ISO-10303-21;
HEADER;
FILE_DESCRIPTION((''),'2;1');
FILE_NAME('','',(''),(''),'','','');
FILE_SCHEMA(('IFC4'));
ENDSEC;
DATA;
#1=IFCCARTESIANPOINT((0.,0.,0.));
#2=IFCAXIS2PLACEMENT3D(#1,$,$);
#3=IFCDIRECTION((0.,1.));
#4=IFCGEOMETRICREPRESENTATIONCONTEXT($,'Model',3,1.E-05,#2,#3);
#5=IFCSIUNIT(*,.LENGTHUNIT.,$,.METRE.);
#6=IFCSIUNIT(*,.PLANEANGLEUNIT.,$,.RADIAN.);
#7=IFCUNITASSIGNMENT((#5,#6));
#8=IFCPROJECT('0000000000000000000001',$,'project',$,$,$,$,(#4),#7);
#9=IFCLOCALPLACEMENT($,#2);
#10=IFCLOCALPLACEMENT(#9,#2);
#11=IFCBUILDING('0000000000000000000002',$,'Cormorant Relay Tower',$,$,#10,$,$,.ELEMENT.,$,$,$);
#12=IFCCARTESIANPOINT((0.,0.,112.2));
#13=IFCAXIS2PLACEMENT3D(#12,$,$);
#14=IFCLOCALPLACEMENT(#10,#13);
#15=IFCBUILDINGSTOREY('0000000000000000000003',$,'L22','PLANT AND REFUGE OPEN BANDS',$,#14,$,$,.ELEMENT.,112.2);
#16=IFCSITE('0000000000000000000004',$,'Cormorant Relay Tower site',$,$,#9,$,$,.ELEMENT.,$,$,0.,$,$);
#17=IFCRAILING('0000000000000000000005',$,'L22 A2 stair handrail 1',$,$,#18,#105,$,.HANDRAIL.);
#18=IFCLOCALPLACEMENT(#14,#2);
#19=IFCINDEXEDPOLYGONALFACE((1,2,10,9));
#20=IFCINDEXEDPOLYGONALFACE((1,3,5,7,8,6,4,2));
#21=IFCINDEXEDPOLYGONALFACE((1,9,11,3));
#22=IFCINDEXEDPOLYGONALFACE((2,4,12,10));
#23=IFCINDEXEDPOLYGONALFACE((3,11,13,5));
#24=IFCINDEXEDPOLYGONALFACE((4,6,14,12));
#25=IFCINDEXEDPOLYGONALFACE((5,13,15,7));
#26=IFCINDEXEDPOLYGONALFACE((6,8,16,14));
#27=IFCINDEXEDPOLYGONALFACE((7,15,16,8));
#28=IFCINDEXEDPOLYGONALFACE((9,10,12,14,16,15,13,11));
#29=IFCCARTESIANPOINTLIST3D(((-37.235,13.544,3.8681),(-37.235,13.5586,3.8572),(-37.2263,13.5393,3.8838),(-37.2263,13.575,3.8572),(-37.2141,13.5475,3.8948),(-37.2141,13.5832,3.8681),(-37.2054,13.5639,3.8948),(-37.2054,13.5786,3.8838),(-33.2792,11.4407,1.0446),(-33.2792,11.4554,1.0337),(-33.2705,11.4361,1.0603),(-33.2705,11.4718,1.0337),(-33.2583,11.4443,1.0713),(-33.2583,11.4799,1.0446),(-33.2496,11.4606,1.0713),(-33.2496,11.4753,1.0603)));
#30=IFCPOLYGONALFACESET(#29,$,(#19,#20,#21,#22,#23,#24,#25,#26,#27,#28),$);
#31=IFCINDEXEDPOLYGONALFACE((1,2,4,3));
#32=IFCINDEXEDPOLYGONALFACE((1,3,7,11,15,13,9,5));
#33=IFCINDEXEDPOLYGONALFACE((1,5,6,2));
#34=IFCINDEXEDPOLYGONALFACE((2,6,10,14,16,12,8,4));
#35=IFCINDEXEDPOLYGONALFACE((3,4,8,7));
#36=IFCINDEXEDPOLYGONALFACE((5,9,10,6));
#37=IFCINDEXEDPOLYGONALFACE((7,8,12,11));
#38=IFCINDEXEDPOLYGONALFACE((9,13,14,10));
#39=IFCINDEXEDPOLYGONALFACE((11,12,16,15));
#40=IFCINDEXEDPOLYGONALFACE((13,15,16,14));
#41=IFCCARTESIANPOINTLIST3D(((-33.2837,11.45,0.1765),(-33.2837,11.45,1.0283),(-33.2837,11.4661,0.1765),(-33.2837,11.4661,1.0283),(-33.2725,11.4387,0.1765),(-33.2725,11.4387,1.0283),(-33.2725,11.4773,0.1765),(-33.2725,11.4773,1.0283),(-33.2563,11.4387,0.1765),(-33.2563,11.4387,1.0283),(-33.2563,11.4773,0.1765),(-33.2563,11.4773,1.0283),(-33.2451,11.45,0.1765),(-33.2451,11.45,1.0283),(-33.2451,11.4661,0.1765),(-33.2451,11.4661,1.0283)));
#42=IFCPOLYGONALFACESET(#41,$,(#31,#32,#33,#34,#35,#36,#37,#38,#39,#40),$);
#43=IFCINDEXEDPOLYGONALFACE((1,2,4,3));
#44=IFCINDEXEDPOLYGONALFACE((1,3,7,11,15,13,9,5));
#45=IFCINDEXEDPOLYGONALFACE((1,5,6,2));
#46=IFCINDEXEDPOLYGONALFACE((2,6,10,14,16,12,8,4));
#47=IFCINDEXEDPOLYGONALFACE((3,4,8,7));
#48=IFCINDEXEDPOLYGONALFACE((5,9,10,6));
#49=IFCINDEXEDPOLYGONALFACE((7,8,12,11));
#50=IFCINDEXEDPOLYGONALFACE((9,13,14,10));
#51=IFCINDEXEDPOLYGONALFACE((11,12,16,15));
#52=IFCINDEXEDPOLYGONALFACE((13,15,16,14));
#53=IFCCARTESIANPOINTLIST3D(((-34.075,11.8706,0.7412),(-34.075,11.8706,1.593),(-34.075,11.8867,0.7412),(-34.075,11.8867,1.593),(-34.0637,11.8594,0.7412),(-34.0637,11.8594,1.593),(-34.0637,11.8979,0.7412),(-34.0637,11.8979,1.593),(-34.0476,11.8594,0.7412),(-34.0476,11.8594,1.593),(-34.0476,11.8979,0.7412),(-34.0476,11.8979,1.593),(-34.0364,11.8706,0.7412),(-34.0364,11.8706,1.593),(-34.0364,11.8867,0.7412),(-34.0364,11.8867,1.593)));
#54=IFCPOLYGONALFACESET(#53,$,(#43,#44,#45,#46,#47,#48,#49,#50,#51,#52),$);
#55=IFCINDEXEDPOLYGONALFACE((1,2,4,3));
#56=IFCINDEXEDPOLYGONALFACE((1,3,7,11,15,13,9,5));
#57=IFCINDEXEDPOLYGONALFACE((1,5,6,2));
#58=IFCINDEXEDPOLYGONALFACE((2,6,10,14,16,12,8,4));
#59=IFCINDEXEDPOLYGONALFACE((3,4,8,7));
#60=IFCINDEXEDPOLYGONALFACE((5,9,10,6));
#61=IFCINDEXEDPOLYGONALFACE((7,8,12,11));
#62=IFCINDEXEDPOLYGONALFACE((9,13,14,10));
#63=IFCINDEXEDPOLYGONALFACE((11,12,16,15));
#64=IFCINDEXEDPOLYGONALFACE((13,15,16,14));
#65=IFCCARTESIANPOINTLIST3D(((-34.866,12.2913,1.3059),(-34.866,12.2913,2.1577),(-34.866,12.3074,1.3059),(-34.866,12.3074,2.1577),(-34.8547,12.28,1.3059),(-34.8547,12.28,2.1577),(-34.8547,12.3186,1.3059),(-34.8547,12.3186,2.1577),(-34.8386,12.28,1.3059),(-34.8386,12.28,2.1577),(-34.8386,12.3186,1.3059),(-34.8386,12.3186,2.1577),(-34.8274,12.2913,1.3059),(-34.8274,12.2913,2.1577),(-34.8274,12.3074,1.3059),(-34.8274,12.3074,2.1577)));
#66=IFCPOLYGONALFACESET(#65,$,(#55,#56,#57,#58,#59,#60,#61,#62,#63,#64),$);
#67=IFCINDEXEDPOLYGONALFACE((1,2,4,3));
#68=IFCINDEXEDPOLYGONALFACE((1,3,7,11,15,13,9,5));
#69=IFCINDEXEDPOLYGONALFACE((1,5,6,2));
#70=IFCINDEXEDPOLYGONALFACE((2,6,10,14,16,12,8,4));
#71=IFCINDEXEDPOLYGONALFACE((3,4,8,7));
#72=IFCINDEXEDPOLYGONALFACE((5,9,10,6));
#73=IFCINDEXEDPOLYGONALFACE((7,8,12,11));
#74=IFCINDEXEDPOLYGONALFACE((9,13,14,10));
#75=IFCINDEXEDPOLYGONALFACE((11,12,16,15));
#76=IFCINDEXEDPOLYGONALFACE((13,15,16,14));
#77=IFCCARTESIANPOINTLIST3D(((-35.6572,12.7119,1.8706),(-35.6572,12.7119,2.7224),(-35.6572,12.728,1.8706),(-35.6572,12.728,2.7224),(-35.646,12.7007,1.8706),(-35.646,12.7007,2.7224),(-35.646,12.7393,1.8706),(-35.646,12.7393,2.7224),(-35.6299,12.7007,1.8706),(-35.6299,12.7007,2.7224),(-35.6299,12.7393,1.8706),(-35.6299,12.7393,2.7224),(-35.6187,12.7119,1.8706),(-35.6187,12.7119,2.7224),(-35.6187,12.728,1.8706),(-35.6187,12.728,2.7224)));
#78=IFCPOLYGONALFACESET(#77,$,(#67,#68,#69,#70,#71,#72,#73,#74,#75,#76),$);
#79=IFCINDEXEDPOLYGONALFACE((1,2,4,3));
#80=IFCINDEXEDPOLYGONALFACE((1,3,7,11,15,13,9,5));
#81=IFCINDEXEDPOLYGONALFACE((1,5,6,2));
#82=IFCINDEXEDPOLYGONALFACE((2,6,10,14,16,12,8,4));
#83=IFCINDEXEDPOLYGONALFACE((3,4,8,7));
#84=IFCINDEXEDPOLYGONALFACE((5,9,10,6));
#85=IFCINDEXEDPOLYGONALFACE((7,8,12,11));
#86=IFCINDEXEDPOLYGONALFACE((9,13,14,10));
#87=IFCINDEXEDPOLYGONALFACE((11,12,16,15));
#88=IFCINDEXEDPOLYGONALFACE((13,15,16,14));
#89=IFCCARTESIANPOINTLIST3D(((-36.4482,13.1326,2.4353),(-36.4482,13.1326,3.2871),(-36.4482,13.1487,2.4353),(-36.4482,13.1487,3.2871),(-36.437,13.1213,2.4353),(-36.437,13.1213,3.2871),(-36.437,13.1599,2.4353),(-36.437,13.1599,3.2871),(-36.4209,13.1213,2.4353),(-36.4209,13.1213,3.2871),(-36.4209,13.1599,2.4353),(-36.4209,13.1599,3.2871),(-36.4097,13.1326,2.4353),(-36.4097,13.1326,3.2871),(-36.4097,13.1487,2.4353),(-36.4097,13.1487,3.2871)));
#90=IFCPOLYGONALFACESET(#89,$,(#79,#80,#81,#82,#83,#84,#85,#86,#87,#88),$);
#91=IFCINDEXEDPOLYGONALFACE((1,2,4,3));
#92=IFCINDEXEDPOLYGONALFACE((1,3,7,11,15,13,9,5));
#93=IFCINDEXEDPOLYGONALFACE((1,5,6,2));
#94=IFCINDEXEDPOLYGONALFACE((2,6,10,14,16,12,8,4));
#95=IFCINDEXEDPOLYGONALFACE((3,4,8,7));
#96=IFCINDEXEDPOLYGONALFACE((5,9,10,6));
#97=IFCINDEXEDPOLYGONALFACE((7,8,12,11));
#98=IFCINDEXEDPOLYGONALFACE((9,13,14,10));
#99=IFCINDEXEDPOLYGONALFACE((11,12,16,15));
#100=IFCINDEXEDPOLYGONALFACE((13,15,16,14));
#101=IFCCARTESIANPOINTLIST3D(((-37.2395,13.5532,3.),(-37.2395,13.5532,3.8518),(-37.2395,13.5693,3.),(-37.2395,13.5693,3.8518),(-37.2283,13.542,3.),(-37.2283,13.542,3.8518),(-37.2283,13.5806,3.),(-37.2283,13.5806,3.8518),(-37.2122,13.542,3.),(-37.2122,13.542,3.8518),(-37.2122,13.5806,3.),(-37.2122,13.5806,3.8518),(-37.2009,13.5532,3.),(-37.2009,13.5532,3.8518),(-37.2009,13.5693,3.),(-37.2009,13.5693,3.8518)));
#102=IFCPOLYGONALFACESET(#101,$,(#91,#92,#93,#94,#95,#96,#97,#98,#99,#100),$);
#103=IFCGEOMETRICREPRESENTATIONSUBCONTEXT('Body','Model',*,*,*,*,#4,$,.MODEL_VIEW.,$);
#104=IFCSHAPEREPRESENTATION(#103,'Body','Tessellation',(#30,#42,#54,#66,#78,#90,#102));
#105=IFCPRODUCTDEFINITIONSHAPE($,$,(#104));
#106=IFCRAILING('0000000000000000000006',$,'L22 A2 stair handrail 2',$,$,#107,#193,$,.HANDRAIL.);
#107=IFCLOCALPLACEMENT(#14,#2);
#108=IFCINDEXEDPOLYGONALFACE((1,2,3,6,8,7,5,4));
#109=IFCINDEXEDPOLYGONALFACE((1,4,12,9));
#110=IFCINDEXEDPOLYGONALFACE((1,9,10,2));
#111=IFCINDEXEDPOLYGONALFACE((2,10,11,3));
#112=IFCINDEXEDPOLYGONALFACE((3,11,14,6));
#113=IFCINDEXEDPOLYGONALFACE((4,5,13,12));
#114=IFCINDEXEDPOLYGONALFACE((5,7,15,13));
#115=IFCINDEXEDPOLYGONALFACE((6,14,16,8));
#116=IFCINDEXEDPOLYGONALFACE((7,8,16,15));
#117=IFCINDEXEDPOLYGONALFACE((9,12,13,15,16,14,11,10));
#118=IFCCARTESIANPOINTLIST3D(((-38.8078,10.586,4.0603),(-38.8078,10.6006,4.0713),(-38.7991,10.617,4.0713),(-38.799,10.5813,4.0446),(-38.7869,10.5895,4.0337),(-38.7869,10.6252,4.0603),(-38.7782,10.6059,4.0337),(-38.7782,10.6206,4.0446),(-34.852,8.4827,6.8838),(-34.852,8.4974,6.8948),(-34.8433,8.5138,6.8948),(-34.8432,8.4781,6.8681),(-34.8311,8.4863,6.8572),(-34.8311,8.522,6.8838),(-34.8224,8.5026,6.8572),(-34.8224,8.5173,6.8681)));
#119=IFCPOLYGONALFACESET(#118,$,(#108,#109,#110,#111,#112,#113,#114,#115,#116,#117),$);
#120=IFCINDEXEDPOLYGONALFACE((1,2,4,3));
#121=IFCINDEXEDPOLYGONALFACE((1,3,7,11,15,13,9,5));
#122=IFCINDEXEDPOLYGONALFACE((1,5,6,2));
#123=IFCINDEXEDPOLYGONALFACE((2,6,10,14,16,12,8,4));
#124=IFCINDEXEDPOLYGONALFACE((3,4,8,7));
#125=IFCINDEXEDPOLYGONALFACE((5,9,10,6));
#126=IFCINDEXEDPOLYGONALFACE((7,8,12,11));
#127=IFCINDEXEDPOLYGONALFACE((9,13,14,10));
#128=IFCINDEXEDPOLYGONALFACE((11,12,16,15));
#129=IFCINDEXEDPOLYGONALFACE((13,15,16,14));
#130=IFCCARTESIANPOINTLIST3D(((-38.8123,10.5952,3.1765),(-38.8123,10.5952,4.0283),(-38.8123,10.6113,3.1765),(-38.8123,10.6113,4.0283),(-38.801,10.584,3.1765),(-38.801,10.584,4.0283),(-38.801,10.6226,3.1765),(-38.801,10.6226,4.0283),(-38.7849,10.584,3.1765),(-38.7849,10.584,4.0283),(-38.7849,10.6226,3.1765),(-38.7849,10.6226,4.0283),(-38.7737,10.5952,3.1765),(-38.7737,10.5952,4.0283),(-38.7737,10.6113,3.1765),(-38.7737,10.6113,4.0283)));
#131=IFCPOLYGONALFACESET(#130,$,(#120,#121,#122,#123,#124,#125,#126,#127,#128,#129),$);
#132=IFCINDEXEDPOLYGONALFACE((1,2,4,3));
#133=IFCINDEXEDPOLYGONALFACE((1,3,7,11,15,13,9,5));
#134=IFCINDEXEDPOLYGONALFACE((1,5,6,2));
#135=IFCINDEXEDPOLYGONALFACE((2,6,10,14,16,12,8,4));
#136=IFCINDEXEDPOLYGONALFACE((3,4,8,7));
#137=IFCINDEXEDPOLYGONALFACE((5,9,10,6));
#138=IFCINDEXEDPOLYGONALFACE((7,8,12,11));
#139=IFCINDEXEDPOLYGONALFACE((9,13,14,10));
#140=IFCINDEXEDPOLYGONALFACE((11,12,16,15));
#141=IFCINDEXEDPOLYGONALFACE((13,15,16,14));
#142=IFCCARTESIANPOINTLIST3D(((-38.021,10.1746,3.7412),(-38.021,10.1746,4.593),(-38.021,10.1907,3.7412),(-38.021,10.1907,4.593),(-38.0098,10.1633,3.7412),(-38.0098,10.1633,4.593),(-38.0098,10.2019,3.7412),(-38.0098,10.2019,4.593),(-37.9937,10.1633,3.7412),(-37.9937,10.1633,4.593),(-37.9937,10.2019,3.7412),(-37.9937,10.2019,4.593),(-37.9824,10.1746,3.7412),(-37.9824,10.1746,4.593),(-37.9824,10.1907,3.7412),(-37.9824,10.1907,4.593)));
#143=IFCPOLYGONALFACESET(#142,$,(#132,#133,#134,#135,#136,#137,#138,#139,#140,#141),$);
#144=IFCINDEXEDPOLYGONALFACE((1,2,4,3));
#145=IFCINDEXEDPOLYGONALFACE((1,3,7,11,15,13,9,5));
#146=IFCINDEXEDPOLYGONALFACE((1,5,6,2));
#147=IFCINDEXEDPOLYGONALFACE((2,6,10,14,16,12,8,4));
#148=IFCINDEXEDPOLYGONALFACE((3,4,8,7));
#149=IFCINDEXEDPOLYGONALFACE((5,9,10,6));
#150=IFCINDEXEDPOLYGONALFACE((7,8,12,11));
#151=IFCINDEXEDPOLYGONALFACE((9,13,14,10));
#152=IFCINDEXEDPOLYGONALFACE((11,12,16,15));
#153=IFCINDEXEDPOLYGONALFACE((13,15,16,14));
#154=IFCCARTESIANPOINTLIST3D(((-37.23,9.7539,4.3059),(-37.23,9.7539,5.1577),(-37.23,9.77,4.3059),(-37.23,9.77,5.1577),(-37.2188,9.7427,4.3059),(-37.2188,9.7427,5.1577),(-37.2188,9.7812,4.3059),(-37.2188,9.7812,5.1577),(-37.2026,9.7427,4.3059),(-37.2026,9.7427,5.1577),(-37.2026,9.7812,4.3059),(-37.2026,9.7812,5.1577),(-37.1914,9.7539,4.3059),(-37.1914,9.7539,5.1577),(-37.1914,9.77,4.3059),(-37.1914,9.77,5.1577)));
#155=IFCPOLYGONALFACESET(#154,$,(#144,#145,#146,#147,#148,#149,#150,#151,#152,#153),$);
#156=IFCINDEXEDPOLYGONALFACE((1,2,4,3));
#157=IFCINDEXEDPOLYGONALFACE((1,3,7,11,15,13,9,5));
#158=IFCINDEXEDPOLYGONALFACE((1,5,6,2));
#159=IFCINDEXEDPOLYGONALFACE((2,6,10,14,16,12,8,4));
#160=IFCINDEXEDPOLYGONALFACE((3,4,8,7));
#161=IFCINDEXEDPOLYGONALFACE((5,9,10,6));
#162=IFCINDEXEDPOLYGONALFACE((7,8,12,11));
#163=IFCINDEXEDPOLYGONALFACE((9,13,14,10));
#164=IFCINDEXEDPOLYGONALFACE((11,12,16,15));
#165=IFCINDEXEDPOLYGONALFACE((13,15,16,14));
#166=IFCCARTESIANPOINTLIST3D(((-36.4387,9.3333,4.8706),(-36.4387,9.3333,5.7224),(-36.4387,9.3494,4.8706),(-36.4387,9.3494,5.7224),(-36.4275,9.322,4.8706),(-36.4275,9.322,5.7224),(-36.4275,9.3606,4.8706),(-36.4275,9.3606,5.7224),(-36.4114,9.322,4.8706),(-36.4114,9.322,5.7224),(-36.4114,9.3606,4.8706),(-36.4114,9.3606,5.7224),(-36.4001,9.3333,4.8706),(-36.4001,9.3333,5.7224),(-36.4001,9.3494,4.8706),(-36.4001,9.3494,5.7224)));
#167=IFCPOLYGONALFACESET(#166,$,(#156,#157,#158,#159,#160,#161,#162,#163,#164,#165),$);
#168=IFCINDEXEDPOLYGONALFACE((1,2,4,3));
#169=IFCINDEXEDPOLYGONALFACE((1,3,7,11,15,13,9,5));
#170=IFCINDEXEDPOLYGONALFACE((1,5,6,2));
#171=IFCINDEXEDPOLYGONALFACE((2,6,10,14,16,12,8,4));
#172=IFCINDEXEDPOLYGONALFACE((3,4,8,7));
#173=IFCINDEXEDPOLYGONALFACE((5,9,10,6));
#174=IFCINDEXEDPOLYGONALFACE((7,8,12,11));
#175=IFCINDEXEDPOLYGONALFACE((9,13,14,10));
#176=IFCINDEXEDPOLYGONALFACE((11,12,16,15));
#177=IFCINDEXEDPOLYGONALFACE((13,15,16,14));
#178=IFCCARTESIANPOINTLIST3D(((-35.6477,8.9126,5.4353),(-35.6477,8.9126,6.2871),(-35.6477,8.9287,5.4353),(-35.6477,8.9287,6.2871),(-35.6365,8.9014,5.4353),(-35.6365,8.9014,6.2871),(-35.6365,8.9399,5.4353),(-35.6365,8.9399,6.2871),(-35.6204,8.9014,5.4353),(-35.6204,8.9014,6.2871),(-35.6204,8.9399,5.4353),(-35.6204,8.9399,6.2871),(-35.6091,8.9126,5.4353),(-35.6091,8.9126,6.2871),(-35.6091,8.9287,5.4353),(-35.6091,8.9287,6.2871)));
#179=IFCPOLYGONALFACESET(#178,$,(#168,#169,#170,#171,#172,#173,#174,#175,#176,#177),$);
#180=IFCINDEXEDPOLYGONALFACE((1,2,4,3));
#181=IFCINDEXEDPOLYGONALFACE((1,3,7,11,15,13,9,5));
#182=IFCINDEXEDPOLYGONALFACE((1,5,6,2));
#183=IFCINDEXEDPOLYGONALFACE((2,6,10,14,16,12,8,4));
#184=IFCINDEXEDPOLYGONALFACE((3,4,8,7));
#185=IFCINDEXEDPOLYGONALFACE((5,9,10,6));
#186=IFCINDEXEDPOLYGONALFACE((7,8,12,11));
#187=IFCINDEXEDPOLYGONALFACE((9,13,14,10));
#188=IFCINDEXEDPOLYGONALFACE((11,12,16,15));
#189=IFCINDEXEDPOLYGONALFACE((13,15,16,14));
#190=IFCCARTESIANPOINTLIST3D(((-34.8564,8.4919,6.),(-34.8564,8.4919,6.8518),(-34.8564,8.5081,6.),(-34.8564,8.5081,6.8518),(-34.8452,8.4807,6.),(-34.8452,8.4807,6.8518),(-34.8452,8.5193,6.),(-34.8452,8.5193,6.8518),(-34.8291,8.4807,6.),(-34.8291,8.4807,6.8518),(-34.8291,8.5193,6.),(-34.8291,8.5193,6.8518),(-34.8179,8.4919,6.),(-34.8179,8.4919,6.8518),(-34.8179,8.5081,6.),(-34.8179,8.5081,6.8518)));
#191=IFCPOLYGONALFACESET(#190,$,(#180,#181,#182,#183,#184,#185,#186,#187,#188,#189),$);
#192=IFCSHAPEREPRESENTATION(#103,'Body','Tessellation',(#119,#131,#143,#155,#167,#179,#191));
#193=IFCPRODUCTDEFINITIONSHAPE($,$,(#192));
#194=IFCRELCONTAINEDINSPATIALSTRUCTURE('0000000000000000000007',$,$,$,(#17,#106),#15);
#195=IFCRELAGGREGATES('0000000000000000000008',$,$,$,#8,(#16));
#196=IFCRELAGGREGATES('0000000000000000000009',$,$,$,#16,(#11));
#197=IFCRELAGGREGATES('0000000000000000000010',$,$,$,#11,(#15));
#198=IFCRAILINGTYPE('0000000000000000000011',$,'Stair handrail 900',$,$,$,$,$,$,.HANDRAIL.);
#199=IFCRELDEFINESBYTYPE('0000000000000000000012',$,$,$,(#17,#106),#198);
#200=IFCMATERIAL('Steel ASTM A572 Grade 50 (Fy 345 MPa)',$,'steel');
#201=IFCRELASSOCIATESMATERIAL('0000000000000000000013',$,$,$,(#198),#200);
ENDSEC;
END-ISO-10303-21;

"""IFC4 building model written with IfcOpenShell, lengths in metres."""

from ifc_helpers import new_model, si_unit, direction, frame, origin, place, context, subcontext, project, spatial, polyline, outline, extrude, material, type_object, element, save


model = new_model("IFC4")

# Units and contexts
model_context = context("Model", 3, precision=1e-05, world=origin(), true_north=direction((0.0, 1.0)))
body_context = subcontext(model_context, "Body", "Model", "MODEL_VIEW")
ifc_project = project(units=[si_unit("LENGTHUNIT", "METRE"), si_unit("PLANEANGLEUNIT", "RADIAN")], contexts=[model_context])

# Site, building, storey
site_placement = place(None, origin())
site = spatial("IfcSite", under=ifc_project, at=site_placement, Name="Cormorant Relay Tower site", CompositionType="ELEMENT", RefElevation=0.0)
building_placement = place(site_placement, origin())
building = spatial("IfcBuilding", under=site, at=building_placement, Name="Cormorant Relay Tower", CompositionType="ELEMENT")
storey_placement = place(building_placement, frame((0.0, 0.0, 112.2)))
storey = spatial("IfcBuildingStorey", under=building, at=storey_placement, Name="L22", Description="PLANT AND REFUGE OPEN BANDS", CompositionType="ELEMENT", Elevation=112.2)

# Railings
ifc_material_1 = material(Name="Steel ASTM A572 Grade 50 (Fy 345 MPa)", Category="steel")
railing_type_1 = type_object("IfcRailingType", Name="Stair handrail 900", PredefinedType="HANDRAIL", material=ifc_material_1)
railing_1_placement = place(storey_placement, frame((-33.2644, 11.458, 0.1765)))
element("IfcRailing", 1, at=railing_1_placement, inside=storey, type_object=railing_type_1, Name="L22 A2 stair handrail 1", PredefinedType="HANDRAIL", context=body_context, shape_type="SweptSolid", body=[
    extrude(outline(polyline([(0.0222, 0.0093), (0.0093, 0.0222), (-0.0093, 0.0222), (-0.0222, 0.0093), (-0.0222, -0.0093), (-0.0093, -0.0222), (0.0093, -0.0222), (0.0222, -0.0093), (0.0222, 0.0093)])), frame((0.0, 0.0, 0.876), z_axis=(-0.746988, 0.397167, 0.533168), x_axis=(-0.469459, -0.882954, 0.0)), (0.0, 0.0, 1.0), 5.2957),
    extrude(outline(polyline([(0.0193, 0.0081), (0.0081, 0.0193), (-0.0081, 0.0193), (-0.0193, 0.0081), (-0.0193, -0.0081), (-0.0081, -0.0193), (0.0081, -0.0193), (0.0193, -0.0081), (0.0193, 0.0081)])), origin(), (0.0, 0.0, 1.0), 0.8518),
    extrude(outline(polyline([(0.0193, 0.0081), (0.0081, 0.0193), (-0.0081, 0.0193), (-0.0193, 0.0081), (-0.0193, -0.0081), (-0.0081, -0.0193), (0.0081, -0.0193), (0.0193, -0.0081), (0.0193, 0.0081)])), frame((-0.7913, 0.4207, 0.5647)), (0.0, 0.0, 1.0), 0.8518),
    extrude(outline(polyline([(0.0193, 0.0081), (0.0081, 0.0193), (-0.0081, 0.0193), (-0.0193, 0.0081), (-0.0193, -0.0081), (-0.0081, -0.0193), (0.0081, -0.0193), (0.0193, -0.0081), (0.0193, 0.0081)])), frame((-1.5823, 0.8413, 1.1294)), (0.0, 0.0, 1.0), 0.8518),
    extrude(outline(polyline([(0.0193, 0.0081), (0.0081, 0.0193), (-0.0081, 0.0193), (-0.0193, 0.0081), (-0.0193, -0.0081), (-0.0081, -0.0193), (0.0081, -0.0193), (0.0193, -0.0081), (0.0193, 0.0081)])), frame((-2.3735, 1.262, 1.6941)), (0.0, 0.0, 1.0), 0.8518),
    extrude(outline(polyline([(0.0193, 0.0081), (0.0081, 0.0193), (-0.0081, 0.0193), (-0.0193, 0.0081), (-0.0193, -0.0081), (-0.0081, -0.0193), (0.0081, -0.0193), (0.0193, -0.0081), (0.0193, 0.0081)])), frame((-3.1646, 1.6826, 2.2588)), (0.0, 0.0, 1.0), 0.8518),
    extrude(outline(polyline([(0.0193, 0.0081), (0.0081, 0.0193), (-0.0081, 0.0193), (-0.0193, 0.0081), (-0.0193, -0.0081), (-0.0081, -0.0193), (0.0081, -0.0193), (0.0193, -0.0081), (0.0193, 0.0081)])), frame((-3.9558, 2.1033, 2.8235)), (0.0, 0.0, 1.0), 0.8518),
])
railing_2_placement = place(storey_placement, frame((-38.793, 10.6033, 3.1765)))
element("IfcRailing", 2, at=railing_2_placement, inside=storey, type_object=railing_type_1, Name="L22 A2 stair handrail 2", PredefinedType="HANDRAIL", context=body_context, shape_type="SweptSolid", body=[
    extrude(outline(polyline([(0.0222, 0.0093), (0.0093, 0.0222), (-0.0093, 0.0222), (-0.0222, 0.0093), (-0.0222, -0.0093), (-0.0093, -0.0222), (0.0093, -0.0222), (0.0222, -0.0093), (0.0222, 0.0093)])), frame((0.0, 0.0, 0.876), z_axis=(0.746988, -0.397167, 0.533168), x_axis=(0.469459, 0.882954, 0.0)), (0.0, 0.0, 1.0), 5.2957),
    extrude(outline(polyline([(0.0193, 0.0081), (0.0081, 0.0193), (-0.0081, 0.0193), (-0.0193, 0.0081), (-0.0193, -0.0081), (-0.0081, -0.0193), (0.0081, -0.0193), (0.0193, -0.0081), (0.0193, 0.0081)])), origin(), (0.0, 0.0, 1.0), 0.8518),
    extrude(outline(polyline([(0.0193, 0.0081), (0.0081, 0.0193), (-0.0081, 0.0193), (-0.0193, 0.0081), (-0.0193, -0.0081), (-0.0081, -0.0193), (0.0081, -0.0193), (0.0193, -0.0081), (0.0193, 0.0081)])), frame((0.7913, -0.4207, 0.5647)), (0.0, 0.0, 1.0), 0.8518),
    extrude(outline(polyline([(0.0193, 0.0081), (0.0081, 0.0193), (-0.0081, 0.0193), (-0.0193, 0.0081), (-0.0193, -0.0081), (-0.0081, -0.0193), (0.0081, -0.0193), (0.0193, -0.0081), (0.0193, 0.0081)])), frame((1.5823, -0.8413, 1.1294)), (0.0, 0.0, 1.0), 0.8518),
    extrude(outline(polyline([(0.0193, 0.0081), (0.0081, 0.0193), (-0.0081, 0.0193), (-0.0193, 0.0081), (-0.0193, -0.0081), (-0.0081, -0.0193), (0.0081, -0.0193), (0.0193, -0.0081), (0.0193, 0.0081)])), frame((2.3735, -1.262, 1.6941)), (0.0, 0.0, 1.0), 0.8518),
    extrude(outline(polyline([(0.0193, 0.0081), (0.0081, 0.0193), (-0.0081, 0.0193), (-0.0193, 0.0081), (-0.0193, -0.0081), (-0.0081, -0.0193), (0.0081, -0.0193), (0.0193, -0.0081), (0.0193, 0.0081)])), frame((3.1646, -1.6826, 2.2588)), (0.0, 0.0, 1.0), 0.8518),
    extrude(outline(polyline([(0.0193, 0.0081), (0.0081, 0.0193), (-0.0081, 0.0193), (-0.0193, 0.0081), (-0.0193, -0.0081), (-0.0081, -0.0193), (0.0081, -0.0193), (0.0193, -0.0081), (0.0193, 0.0081)])), frame((3.9558, -2.1033, 2.8235)), (0.0, 0.0, 1.0), 0.8518),
])

save(model, "model.ifc")
